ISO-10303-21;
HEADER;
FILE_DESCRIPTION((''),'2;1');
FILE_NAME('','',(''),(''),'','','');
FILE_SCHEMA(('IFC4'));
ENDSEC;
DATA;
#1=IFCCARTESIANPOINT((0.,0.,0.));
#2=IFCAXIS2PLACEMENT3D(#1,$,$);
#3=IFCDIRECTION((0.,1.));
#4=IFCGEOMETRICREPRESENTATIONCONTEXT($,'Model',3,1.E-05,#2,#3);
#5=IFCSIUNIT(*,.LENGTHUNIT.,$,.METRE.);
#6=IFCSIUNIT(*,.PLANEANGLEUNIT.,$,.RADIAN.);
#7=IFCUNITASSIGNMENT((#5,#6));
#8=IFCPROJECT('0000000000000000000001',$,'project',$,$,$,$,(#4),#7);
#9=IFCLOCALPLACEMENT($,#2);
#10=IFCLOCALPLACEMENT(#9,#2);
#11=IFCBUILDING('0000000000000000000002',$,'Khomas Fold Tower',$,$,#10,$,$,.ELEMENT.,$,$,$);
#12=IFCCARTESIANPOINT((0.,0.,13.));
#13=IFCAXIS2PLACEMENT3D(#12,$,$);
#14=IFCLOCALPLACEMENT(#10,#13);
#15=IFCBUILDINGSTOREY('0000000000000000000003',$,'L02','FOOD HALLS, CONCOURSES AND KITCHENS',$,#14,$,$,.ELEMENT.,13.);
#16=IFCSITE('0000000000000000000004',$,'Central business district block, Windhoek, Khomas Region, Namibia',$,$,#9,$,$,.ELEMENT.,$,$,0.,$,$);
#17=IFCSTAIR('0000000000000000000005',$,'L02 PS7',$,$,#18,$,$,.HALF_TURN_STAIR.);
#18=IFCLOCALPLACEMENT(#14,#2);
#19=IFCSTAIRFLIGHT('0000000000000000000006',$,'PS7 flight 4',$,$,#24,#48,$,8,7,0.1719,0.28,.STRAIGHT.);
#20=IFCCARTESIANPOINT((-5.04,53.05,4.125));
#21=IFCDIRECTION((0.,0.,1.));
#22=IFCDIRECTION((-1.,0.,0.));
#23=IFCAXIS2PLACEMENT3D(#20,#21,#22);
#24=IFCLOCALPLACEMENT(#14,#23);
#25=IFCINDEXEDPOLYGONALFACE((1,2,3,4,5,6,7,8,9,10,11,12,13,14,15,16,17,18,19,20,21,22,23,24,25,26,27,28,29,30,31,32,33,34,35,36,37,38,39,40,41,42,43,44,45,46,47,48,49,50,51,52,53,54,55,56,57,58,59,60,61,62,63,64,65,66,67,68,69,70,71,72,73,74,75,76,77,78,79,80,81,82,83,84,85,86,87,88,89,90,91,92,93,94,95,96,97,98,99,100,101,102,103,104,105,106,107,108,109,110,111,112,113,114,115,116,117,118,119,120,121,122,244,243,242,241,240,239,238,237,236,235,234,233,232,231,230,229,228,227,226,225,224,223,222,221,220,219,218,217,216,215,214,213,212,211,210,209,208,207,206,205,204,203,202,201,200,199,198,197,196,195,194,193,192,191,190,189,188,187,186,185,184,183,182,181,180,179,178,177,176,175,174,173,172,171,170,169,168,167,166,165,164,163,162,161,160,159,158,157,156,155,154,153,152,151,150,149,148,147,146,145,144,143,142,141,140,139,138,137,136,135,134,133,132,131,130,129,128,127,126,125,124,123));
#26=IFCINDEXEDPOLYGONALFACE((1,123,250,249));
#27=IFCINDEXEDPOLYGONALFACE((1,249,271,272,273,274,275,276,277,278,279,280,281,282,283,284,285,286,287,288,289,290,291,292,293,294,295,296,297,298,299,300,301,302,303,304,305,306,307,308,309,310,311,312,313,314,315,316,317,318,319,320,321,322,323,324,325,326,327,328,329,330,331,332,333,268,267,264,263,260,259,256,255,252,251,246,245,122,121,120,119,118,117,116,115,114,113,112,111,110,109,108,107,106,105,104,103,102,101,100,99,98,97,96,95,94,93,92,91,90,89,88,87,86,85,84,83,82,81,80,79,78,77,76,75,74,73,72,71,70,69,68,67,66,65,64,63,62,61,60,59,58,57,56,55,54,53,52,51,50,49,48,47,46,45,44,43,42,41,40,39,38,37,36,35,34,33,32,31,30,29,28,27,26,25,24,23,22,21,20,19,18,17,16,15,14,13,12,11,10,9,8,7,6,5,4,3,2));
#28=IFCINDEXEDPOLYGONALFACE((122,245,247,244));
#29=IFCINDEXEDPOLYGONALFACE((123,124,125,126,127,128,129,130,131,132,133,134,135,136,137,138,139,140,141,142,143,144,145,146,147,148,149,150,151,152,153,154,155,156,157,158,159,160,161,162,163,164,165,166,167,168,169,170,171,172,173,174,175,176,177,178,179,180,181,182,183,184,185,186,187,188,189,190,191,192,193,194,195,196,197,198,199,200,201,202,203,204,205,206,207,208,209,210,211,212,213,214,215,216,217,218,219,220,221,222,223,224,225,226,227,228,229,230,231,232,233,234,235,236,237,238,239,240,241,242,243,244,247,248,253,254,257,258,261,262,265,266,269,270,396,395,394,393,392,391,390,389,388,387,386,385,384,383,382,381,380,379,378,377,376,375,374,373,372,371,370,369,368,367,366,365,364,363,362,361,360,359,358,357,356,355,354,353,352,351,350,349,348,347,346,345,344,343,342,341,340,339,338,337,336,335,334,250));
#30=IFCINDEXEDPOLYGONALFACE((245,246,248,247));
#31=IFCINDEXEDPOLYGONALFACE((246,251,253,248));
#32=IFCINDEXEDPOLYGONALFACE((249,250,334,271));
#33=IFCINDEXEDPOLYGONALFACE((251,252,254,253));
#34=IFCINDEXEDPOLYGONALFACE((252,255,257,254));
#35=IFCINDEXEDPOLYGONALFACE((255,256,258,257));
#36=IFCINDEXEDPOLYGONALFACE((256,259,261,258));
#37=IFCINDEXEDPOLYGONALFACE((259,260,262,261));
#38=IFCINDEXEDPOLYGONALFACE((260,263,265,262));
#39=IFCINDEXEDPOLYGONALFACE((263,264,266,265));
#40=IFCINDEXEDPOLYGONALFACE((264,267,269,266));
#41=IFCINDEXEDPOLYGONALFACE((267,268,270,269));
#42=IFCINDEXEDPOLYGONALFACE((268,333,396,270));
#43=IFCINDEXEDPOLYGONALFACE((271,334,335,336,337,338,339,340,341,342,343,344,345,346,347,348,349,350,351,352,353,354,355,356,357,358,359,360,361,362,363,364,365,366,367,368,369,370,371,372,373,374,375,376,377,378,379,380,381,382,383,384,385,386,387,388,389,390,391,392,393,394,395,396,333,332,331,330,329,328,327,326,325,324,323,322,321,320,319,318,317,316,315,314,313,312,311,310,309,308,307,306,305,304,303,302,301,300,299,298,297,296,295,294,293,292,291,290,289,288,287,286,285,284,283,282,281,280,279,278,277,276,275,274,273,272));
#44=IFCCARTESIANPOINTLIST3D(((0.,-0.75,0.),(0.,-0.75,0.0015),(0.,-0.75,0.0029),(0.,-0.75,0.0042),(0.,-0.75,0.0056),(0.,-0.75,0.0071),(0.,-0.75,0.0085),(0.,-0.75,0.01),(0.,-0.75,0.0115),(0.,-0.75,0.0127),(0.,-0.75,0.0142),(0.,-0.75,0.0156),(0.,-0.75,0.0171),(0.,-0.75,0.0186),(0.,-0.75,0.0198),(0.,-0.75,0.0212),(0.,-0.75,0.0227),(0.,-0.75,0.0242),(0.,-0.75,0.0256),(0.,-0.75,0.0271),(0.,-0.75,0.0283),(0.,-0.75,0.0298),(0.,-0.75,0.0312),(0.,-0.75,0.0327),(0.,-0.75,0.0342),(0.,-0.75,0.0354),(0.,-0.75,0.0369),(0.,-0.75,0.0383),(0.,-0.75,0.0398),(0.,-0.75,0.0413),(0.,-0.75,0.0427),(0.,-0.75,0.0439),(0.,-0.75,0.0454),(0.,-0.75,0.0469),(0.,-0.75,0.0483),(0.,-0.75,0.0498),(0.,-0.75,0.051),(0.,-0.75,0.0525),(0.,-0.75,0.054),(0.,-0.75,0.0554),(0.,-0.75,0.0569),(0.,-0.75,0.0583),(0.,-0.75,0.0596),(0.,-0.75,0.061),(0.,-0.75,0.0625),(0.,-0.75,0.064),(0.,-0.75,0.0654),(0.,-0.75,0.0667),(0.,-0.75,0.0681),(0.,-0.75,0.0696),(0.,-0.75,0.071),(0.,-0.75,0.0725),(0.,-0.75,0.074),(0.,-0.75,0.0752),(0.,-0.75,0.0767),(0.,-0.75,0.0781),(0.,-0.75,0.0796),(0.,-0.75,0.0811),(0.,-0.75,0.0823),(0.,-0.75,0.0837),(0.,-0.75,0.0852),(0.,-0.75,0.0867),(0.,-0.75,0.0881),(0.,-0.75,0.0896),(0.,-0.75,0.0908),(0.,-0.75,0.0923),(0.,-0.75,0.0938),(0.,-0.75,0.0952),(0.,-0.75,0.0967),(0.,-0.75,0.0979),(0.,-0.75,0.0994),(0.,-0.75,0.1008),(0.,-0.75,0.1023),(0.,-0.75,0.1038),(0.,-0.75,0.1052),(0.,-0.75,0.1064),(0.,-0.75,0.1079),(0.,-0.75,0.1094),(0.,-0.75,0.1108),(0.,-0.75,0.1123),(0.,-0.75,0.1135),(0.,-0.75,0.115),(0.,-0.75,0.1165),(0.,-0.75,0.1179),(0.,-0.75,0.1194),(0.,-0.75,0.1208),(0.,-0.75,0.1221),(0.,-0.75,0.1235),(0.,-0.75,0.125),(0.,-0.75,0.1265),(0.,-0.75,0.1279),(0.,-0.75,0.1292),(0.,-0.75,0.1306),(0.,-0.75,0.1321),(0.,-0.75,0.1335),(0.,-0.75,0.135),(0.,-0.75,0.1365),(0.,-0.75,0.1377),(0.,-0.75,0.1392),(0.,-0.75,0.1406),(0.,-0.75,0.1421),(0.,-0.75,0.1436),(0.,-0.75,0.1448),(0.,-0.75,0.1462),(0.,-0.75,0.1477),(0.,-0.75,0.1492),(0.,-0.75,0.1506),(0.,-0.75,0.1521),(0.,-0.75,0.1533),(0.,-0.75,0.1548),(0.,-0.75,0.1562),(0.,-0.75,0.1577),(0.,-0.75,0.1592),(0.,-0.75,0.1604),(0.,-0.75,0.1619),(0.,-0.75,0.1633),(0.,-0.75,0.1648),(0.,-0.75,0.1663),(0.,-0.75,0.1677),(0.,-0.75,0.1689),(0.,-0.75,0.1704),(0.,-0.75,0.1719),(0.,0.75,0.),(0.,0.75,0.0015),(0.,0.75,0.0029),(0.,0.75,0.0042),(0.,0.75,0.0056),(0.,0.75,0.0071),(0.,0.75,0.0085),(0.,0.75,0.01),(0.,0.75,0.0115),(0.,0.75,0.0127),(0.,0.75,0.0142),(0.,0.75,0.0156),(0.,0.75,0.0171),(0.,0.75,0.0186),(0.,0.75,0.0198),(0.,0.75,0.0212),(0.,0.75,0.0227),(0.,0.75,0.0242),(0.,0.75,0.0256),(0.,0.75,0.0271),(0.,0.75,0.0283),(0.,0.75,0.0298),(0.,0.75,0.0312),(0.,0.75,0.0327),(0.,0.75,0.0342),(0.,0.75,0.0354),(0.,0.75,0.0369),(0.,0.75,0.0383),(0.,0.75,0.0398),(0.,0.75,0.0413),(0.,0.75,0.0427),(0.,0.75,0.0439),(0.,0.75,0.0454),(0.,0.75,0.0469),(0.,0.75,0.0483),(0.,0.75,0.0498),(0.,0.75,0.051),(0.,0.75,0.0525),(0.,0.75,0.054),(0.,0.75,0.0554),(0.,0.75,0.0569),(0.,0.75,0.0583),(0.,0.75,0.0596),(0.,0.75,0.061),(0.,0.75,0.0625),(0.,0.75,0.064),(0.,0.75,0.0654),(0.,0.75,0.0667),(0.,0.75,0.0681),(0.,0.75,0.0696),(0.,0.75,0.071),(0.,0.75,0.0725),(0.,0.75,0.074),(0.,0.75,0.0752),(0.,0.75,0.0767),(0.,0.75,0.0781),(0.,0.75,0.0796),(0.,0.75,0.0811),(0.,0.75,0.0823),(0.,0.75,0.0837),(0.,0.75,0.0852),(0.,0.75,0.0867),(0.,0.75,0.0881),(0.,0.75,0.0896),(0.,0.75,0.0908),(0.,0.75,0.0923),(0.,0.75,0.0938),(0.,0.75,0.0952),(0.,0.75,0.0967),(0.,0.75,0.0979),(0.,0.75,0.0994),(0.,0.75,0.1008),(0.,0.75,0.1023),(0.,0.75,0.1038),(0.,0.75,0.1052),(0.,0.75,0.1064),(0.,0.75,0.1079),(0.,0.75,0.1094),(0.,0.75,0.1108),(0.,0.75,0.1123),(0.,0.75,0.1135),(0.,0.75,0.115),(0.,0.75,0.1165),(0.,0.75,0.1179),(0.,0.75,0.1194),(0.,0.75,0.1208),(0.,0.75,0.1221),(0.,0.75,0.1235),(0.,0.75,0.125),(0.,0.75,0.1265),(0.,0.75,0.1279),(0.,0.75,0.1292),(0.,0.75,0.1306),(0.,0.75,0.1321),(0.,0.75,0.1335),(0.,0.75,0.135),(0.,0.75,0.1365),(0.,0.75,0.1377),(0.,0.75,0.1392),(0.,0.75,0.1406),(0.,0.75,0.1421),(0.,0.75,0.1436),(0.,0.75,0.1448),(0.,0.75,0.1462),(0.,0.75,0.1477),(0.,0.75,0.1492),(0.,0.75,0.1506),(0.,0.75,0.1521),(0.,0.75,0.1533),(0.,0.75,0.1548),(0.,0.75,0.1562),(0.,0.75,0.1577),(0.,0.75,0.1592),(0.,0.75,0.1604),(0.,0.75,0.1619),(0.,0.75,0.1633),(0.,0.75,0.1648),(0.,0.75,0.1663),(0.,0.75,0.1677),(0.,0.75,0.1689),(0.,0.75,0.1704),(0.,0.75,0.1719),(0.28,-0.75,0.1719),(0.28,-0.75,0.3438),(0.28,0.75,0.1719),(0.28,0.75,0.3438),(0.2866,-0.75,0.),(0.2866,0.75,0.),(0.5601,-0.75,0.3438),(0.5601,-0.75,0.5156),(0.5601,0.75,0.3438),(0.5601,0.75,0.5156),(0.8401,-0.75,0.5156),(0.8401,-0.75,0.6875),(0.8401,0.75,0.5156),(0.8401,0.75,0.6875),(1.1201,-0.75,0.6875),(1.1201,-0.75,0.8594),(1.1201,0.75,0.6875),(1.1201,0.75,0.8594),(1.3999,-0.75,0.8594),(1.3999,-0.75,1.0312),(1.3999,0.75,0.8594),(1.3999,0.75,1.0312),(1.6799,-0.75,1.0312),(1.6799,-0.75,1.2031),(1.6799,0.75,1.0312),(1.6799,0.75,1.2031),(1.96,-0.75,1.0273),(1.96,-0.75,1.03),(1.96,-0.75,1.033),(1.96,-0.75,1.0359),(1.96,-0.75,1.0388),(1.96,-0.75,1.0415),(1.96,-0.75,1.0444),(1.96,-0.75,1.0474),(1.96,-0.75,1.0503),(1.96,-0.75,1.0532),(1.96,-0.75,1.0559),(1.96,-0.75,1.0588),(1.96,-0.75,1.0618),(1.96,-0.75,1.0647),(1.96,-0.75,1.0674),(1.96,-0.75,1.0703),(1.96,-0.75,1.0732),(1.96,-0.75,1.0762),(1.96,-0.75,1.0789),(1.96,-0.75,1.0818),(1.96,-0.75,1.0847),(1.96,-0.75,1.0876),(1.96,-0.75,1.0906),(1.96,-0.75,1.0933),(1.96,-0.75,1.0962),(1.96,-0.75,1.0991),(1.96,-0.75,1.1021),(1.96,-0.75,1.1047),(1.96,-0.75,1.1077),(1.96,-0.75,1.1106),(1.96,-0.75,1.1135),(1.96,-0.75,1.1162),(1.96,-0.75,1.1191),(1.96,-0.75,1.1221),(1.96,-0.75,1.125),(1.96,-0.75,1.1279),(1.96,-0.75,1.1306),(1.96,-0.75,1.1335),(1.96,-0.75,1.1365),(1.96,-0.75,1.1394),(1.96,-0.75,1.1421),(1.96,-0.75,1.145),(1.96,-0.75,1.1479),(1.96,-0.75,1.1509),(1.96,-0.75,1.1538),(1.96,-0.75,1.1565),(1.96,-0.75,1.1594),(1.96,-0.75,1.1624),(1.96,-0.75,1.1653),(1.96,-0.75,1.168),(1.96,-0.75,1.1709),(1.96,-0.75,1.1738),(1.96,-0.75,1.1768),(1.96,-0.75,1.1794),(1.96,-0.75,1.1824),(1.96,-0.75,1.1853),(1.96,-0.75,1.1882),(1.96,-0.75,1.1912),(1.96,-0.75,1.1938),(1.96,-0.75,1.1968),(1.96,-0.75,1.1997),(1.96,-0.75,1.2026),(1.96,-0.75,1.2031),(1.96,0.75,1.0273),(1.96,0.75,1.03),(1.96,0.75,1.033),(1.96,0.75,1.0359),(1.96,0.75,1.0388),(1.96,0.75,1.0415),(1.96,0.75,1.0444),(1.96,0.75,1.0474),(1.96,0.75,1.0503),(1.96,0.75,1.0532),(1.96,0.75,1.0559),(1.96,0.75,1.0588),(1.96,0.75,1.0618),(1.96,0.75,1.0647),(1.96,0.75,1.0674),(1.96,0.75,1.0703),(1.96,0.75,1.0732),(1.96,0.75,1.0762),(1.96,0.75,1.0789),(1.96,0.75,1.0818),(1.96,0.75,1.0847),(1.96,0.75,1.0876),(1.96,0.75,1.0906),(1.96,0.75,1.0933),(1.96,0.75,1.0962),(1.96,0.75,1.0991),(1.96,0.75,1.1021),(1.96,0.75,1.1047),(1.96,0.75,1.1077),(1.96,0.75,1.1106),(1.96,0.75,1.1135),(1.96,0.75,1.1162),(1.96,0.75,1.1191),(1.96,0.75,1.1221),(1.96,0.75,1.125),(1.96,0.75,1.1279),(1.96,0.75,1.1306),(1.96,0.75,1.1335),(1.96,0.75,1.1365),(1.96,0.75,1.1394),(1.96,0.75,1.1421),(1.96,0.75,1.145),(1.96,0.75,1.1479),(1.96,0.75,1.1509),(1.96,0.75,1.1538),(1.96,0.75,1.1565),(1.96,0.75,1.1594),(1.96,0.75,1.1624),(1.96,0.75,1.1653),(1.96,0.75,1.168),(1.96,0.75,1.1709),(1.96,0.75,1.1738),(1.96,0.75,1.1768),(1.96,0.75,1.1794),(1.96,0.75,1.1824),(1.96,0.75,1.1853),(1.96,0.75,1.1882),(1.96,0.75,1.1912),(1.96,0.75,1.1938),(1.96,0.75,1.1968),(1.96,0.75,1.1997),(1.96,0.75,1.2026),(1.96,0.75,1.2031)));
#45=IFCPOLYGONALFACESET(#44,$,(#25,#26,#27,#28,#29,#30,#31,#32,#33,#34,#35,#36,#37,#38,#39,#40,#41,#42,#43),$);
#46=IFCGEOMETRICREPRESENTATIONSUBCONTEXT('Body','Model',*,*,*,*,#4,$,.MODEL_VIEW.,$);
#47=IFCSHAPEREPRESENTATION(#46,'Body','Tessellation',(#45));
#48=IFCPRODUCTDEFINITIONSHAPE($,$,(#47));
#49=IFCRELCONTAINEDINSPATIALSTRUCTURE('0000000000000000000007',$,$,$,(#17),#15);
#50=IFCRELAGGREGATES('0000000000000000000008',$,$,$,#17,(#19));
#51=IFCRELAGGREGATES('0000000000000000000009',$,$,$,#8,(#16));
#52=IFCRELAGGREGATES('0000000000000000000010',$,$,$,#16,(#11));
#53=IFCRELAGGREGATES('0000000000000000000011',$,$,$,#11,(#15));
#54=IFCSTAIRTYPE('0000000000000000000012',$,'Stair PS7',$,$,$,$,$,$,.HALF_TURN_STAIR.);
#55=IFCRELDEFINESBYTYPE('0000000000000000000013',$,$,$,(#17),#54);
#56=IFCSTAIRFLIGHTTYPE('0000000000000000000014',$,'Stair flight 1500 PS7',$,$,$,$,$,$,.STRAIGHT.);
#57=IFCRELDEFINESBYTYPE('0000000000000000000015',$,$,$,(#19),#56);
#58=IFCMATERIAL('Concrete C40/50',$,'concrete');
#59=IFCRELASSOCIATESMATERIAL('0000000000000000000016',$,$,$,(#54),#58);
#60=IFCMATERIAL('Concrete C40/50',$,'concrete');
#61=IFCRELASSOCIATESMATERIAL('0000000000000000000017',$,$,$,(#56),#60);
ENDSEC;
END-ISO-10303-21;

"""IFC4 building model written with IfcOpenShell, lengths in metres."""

from ifc_helpers import new_model, si_unit, direction, frame, origin, place, context, subcontext, project, spatial, polyline, outline, extrude, source, transform, mapped, material, type_object, element, aggregate, save


model = new_model("IFC4")

# Units and contexts
model_context = context("Model", 3, precision=1e-05, world=origin(), true_north=direction((0.0, 1.0)))
body_context = subcontext(model_context, "Body", "Model", "MODEL_VIEW")
ifc_project = project(units=[si_unit("LENGTHUNIT", "METRE"), si_unit("PLANEANGLEUNIT", "RADIAN")], contexts=[model_context])

# Site, building, storey
site_placement = place(None, origin())
site = spatial("IfcSite", under=ifc_project, at=site_placement, Name="Central business district block, Windhoek, Khomas Region, Namibia", CompositionType="ELEMENT", RefElevation=0.0)
building_placement = place(site_placement, origin())
building = spatial("IfcBuilding", under=site, at=building_placement, Name="Khomas Fold Tower", CompositionType="ELEMENT")
storey_placement = place(building_placement, frame((0.0, 0.0, 13.0)))
storey = spatial("IfcBuildingStorey", under=building, at=storey_placement, Name="L02", Description="FOOD HALLS, CONCOURSES AND KITCHENS", CompositionType="ELEMENT", Elevation=13.0)

# Stair, stair flight
ifc_material_1 = material(Name="Concrete C40/50", Category="concrete")
stair_type = type_object("IfcStairType", Name="Stair PS7", PredefinedType="HALF_TURN_STAIR", material=ifc_material_1)
stair_placement = place(storey_placement, origin())
stair = element("IfcStair", 1, at=stair_placement, inside=storey, type_object=stair_type, Name="L02 PS7", PredefinedType="HALF_TURN_STAIR")
ifc_material_2 = material(Name="Concrete C40/50", Category="concrete")
stair_flight_type = type_object("IfcStairFlightType", Name="Stair flight 1500 PS7", PredefinedType="STRAIGHT", material=ifc_material_2)
shared_shape_1 = source(origin(), body_context, "Body", "SweptSolid", [
    extrude(outline(polyline([(0.0, 0.0), (0.0, 0.0015), (0.0, 0.0029), (0.0, 0.0042), (0.0, 0.0056), (0.0, 0.0071), (0.0, 0.0085), (0.0, 0.01), (0.0, 0.0115), (0.0, 0.0127), (0.0, 0.0142), (0.0, 0.0156), (0.0, 0.0171), (0.0, 0.0186), (0.0, 0.0198), (0.0, 0.0212), (0.0, 0.0227), (0.0, 0.0242), (0.0, 0.0256), (0.0, 0.0271), (0.0, 0.0283), (0.0, 0.0298), (0.0, 0.0312), (0.0, 0.0327), (0.0, 0.0342), (0.0, 0.0354), (0.0, 0.0369), (0.0, 0.0383), (0.0, 0.0398), (0.0, 0.0413), (0.0, 0.0427), (0.0, 0.0439), (0.0, 0.0454), (0.0, 0.0469), (0.0, 0.0483), (0.0, 0.0498), (0.0, 0.051), (0.0, 0.0525), (0.0, 0.054), (0.0, 0.0554), (0.0, 0.0569), (0.0, 0.0583), (0.0, 0.0596), (0.0, 0.061), (0.0, 0.0625), (0.0, 0.064), (0.0, 0.0654), (0.0, 0.0667), (0.0, 0.0681), (0.0, 0.0696), (0.0, 0.071), (0.0, 0.0725), (0.0, 0.074), (0.0, 0.0752), (0.0, 0.0767), (0.0, 0.0781), (0.0, 0.0796), (0.0, 0.0811), (0.0, 0.0823), (0.0, 0.0837), (0.0, 0.0852), (0.0, 0.0867), (0.0, 0.0881), (0.0, 0.0896), (0.0, 0.0908), (0.0, 0.0923), (0.0, 0.0938), (0.0, 0.0952), (0.0, 0.0967), (0.0, 0.0979), (0.0, 0.0994), (0.0, 0.1008), (0.0, 0.1023), (0.0, 0.1038), (0.0, 0.1052), (0.0, 0.1064), (0.0, 0.1079), (0.0, 0.1094), (0.0, 0.1108), (0.0, 0.1123), (0.0, 0.1135), (0.0, 0.115), (0.0, 0.1165), (0.0, 0.1179), (0.0, 0.1194), (0.0, 0.1208), (0.0, 0.1221), (0.0, 0.1235), (0.0, 0.125), (0.0, 0.1265), (0.0, 0.1279), (0.0, 0.1292), (0.0, 0.1306), (0.0, 0.1321), (0.0, 0.1335), (0.0, 0.135), (0.0, 0.1365), (0.0, 0.1377), (0.0, 0.1392), (0.0, 0.1406), (0.0, 0.1421), (0.0, 0.1436), (0.0, 0.1448), (0.0, 0.1462), (0.0, 0.1477), (0.0, 0.1492), (0.0, 0.1506), (0.0, 0.1521), (0.0, 0.1533), (0.0, 0.1548), (0.0, 0.1562), (0.0, 0.1577), (0.0, 0.1592), (0.0, 0.1604), (0.0, 0.1619), (0.0, 0.1633), (0.0, 0.1648), (0.0, 0.1663), (0.0, 0.1677), (0.0, 0.1689), (0.0, 0.1704), (0.0, 0.1719), (0.28, 0.1719), (0.28, 0.3438), (0.5601, 0.3438), (0.5601, 0.5156), (0.8401, 0.5156), (0.8401, 0.6875), (1.1201, 0.6875), (1.1201, 0.8594), (1.3999, 0.8594), (1.3999, 1.0312), (1.6799, 1.0312), (1.6799, 1.2031), (1.96, 1.2031), (1.96, 1.375), (1.96, 1.3721), (1.96, 1.3691), (1.96, 1.3665), (1.96, 1.3635), (1.96, 1.3606), (1.96, 1.3577), (1.96, 1.355), (1.96, 1.3521), (1.96, 1.3491), (1.96, 1.3462), (1.96, 1.3435), (1.96, 1.3406), (1.96, 1.3376), (1.96, 1.3347), (1.96, 1.3318), (1.96, 1.3291), (1.96, 1.3262), (1.96, 1.3232), (1.96, 1.3203), (1.96, 1.3176), (1.96, 1.3147), (1.96, 1.3118), (1.96, 1.3088), (1.96, 1.3059), (1.96, 1.3032), (1.96, 1.3003), (1.96, 1.2974), (1.96, 1.2944), (1.96, 1.2917), (1.96, 1.2888), (1.96, 1.2859), (1.96, 1.283), (1.96, 1.2803), (1.96, 1.2773), (1.96, 1.2744), (1.96, 1.2715), (1.96, 1.2686), (1.96, 1.2659), (1.96, 1.2629), (1.96, 1.26), (1.96, 1.2571), (1.96, 1.2544), (1.96, 1.2515), (1.96, 1.2485), (1.96, 1.2456), (1.96, 1.2427), (1.96, 1.24), (1.96, 1.2371), (1.96, 1.2341), (1.96, 1.2312), (1.96, 1.2285), (1.96, 1.2256), (1.96, 1.2227), (1.96, 1.2197), (1.96, 1.217), (1.96, 1.2141), (1.96, 1.2112), (1.96, 1.2083), (1.96, 1.2053), (1.96, 1.2026), (1.96, 1.1997), (1.96, 1.1968), (1.96, 1.1938), (1.96, 1.1912), (1.96, 1.1882), (1.96, 1.1853), (1.96, 1.1824), (1.96, 1.1794), (1.96, 1.1768), (1.96, 1.1738), (1.96, 1.1709), (1.96, 1.168), (1.96, 1.1653), (1.96, 1.1624), (1.96, 1.1594), (1.96, 1.1565), (1.96, 1.1538), (1.96, 1.1509), (1.96, 1.1479), (1.96, 1.145), (1.96, 1.1421), (1.96, 1.1394), (1.96, 1.1365), (1.96, 1.1335), (1.96, 1.1306), (1.96, 1.1279), (1.96, 1.125), (1.96, 1.1221), (1.96, 1.1191), (1.96, 1.1162), (1.96, 1.1135), (1.96, 1.1106), (1.96, 1.1077), (1.96, 1.1047), (1.96, 1.1021), (1.96, 1.0991), (1.96, 1.0962), (1.96, 1.0933), (1.96, 1.0906), (1.96, 1.0876), (1.96, 1.0847), (1.96, 1.0818), (1.96, 1.0789), (1.96, 1.0762), (1.96, 1.0732), (1.96, 1.0703), (1.96, 1.0674), (1.96, 1.0647), (1.96, 1.0618), (1.96, 1.0588), (1.96, 1.0559), (1.96, 1.0532), (1.96, 1.0503), (1.96, 1.0474), (1.96, 1.0444), (1.96, 1.0415), (1.96, 1.0388), (1.96, 1.0359), (1.96, 1.033), (1.96, 1.03), (1.96, 1.0273), (0.2866, 0.0), (0.0, 0.0)])), frame((0.0, 0.75, 0.0), z_axis=(0.0, -1.0, 0.0), x_axis=(1.0, 0.0, 0.0)), (0.0, 0.0, 1.0), 1.5),
])
stair_flight_1_placement = place(storey_placement, frame((-5.04, 53.05, 4.125), z_axis=(0.0, 0.0, 1.0), x_axis=(-1.0, 0.0, 0.0)))
stair_flight_1 = element("IfcStairFlight", 2, at=stair_flight_1_placement, type_object=stair_flight_type, Name="PS7 flight 4", NumberOfRisers=8, NumberOfTreads=7, PredefinedType="STRAIGHT", RiserHeight=0.1719, TreadLength=0.28, context=body_context, shape_type="MappedRepresentation", body=[
    mapped(shared_shape_1, transform((0.0, 0.0, 0.0))),
])
aggregate(stair, [stair_flight_1])

save(model, "model.ifc")
